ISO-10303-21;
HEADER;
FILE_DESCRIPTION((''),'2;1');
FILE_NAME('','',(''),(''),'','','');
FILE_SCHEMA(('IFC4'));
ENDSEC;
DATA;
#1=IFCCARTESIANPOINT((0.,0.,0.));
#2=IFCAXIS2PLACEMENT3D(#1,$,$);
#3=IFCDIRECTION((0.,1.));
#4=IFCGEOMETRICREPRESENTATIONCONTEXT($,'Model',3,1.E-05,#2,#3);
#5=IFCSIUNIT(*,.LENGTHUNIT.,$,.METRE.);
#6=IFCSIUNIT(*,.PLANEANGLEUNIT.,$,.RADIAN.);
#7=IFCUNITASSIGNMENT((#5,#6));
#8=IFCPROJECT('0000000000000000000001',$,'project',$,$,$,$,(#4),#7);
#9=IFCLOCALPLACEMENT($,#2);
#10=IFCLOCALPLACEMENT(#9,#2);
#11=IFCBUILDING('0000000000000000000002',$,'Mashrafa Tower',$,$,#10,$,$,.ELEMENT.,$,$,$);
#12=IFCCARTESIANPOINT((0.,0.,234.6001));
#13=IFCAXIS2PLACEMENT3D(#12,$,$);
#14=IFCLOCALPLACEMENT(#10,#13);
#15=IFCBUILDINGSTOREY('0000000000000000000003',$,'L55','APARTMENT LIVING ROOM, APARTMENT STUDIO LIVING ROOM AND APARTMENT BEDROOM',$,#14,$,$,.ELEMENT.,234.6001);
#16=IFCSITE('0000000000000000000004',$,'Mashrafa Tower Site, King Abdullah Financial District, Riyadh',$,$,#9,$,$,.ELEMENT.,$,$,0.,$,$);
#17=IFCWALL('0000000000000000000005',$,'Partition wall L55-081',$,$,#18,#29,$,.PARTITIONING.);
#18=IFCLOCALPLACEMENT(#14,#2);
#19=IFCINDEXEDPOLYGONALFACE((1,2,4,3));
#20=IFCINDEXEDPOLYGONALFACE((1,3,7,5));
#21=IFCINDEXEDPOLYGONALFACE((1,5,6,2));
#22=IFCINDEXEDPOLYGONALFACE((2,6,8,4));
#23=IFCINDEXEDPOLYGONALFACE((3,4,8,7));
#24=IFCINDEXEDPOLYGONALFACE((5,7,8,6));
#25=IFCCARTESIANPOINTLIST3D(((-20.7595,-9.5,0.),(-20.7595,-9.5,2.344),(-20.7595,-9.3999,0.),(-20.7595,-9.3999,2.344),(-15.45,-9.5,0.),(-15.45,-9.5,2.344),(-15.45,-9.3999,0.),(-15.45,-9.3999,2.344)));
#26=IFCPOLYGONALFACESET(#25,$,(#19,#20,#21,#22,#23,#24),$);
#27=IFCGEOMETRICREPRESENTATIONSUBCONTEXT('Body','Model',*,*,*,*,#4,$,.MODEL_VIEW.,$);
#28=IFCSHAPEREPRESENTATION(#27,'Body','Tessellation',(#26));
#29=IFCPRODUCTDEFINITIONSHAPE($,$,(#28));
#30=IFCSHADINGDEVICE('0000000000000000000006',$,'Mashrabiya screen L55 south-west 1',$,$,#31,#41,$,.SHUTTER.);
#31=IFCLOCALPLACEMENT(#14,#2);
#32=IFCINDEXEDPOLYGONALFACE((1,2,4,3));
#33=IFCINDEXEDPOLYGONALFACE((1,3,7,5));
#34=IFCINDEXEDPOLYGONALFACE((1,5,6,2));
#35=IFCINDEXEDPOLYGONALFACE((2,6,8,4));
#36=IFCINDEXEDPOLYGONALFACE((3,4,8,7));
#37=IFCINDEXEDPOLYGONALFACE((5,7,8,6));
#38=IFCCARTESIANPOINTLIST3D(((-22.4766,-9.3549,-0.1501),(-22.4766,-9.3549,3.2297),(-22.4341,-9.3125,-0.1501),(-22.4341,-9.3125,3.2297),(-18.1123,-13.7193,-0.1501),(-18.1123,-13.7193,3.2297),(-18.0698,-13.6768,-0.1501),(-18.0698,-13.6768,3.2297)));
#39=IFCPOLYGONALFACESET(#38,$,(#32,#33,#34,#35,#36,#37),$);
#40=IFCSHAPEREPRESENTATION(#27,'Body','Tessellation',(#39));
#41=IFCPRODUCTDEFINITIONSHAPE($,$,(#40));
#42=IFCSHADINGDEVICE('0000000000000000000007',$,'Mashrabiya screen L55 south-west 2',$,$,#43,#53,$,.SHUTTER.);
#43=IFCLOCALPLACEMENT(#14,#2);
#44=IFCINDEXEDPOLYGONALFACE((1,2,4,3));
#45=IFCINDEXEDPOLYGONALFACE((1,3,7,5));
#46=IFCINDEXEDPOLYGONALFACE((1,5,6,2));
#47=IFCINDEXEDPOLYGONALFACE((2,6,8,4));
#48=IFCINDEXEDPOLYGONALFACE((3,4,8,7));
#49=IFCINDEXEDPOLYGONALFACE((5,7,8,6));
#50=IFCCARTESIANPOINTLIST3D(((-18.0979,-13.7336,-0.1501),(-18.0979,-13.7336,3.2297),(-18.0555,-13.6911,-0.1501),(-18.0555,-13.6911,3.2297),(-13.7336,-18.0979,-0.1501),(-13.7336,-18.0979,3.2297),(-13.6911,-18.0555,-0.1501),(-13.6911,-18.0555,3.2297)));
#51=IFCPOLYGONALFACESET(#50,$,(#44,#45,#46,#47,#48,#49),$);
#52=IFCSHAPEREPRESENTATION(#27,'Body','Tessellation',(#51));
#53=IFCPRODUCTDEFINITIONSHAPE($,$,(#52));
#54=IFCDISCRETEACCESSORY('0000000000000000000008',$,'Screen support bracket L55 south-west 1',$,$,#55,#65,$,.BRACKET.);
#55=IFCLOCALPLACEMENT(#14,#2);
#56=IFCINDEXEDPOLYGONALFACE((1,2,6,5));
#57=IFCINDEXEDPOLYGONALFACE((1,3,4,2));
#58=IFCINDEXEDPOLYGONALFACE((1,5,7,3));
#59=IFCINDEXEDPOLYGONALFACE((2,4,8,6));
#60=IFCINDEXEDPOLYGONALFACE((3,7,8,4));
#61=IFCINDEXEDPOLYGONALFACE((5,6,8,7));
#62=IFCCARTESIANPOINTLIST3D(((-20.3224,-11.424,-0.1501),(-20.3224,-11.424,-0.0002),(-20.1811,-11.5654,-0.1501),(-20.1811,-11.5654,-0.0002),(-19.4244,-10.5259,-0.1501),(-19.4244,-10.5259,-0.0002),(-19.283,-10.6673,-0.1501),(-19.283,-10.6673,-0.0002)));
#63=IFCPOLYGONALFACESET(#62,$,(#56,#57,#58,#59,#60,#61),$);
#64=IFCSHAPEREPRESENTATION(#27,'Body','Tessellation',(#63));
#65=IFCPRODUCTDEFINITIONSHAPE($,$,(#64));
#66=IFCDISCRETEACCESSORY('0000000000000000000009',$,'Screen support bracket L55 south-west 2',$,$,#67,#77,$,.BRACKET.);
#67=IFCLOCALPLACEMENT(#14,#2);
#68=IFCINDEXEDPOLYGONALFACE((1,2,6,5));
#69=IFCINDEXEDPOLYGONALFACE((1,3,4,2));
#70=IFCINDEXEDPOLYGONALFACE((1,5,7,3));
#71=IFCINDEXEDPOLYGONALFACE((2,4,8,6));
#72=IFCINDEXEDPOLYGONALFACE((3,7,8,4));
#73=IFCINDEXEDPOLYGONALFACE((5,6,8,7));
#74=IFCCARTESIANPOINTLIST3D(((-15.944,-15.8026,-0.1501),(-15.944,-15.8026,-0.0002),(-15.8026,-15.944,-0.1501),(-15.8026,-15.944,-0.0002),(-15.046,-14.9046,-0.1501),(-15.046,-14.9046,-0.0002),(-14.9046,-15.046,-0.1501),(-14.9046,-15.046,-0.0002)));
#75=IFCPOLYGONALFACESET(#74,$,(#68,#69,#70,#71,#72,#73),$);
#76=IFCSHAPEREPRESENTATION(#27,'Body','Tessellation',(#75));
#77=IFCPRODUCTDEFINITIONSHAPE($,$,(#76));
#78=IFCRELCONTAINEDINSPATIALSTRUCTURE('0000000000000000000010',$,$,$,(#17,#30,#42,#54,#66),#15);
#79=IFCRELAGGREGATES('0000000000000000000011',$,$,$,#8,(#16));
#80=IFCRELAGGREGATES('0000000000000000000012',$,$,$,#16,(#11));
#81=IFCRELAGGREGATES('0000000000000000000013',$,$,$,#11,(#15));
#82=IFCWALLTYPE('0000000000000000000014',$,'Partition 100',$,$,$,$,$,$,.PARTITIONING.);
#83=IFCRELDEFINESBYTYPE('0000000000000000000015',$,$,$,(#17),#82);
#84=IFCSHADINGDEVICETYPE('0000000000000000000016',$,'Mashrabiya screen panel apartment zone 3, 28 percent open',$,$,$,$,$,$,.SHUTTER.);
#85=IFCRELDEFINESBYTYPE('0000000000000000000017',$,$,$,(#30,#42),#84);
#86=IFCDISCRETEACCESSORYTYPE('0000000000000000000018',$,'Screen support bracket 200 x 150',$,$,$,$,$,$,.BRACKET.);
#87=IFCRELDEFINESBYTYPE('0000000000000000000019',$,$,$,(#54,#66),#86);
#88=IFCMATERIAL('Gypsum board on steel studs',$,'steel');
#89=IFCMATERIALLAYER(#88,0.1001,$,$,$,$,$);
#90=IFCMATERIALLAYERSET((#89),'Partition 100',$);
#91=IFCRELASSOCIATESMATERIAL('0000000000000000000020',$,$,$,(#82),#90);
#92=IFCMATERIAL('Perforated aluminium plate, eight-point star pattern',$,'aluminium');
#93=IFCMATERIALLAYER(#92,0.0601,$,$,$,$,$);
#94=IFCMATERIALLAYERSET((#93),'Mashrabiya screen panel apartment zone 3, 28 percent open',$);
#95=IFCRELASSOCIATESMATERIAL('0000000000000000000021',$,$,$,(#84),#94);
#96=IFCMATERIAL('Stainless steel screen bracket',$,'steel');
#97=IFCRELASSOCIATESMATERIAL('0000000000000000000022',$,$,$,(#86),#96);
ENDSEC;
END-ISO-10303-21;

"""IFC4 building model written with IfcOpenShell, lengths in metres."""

from ifc_helpers import new_model, si_unit, direction, frame, frame_2d, origin, origin_2d, place, context, subcontext, project, spatial, rectangle, extrude, source, transform, mapped, material, layer, layer_set, type_object, type_shapes, element, save


model = new_model("IFC4")

# Units and contexts
model_context = context("Model", 3, precision=1e-05, world=origin(), true_north=direction((0.0, 1.0)))
body_context = subcontext(model_context, "Body", "Model", "MODEL_VIEW")
ifc_project = project(units=[si_unit("LENGTHUNIT", "METRE"), si_unit("PLANEANGLEUNIT", "RADIAN")], contexts=[model_context])

# Site, building, storey
site_placement = place(None, origin())
site = spatial("IfcSite", under=ifc_project, at=site_placement, Name="Mashrafa Tower Site, King Abdullah Financial District, Riyadh", CompositionType="ELEMENT", RefElevation=0.0)
building_placement = place(site_placement, origin())
building = spatial("IfcBuilding", under=site, at=building_placement, Name="Mashrafa Tower", CompositionType="ELEMENT")
storey_placement = place(building_placement, frame((0.0, 0.0, 234.6001)))
storey = spatial("IfcBuildingStorey", under=building, at=storey_placement, Name="L55", Description="APARTMENT LIVING ROOM, APARTMENT STUDIO LIVING ROOM AND APARTMENT BEDROOM", CompositionType="ELEMENT", Elevation=234.6001)

# Shared definitions
ifc_material_1 = material(Name="Gypsum board on steel studs", Category="steel")
ifc_layer_1 = layer(ifc_material_1, 0.1001)
ifc_layer_set_1 = layer_set([ifc_layer_1], Name="Partition 100")
wall_type_1 = type_object("IfcWallType", Name="Partition 100", PredefinedType="PARTITIONING", material=ifc_layer_set_1)

# Wall
wall_1_placement = place(storey_placement, frame((-15.45, -9.45, 0.0), z_axis=(0.0, 0.0, 1.0), x_axis=(-1.0, 0.0, 0.0)))
element("IfcWall", 1, at=wall_1_placement, inside=storey, type_object=wall_type_1, Name="Partition wall L55-081", PredefinedType="PARTITIONING", context=body_context, shape_type="SweptSolid", body=[
    extrude(rectangle(XDim=5.3096, YDim=0.1001, at=frame_2d((2.6548, 0.0))), origin(), (0.0, 0.0, 1.0), 2.344),
])

# Shading devices
ifc_material_2 = material(Name="Perforated aluminium plate, eight-point star pattern", Category="aluminium")
ifc_layer_2 = layer(ifc_material_2, 0.0601)
ifc_layer_set_2 = layer_set([ifc_layer_2], Name="Mashrabiya screen panel apartment zone 3, 28 percent open")
shading_device_type = type_object("IfcShadingDeviceType", Name="Mashrabiya screen panel apartment zone 3, 28 percent open", PredefinedType="SHUTTER", material=ifc_layer_set_2)
shared_shape_1 = source(origin(), body_context, "Body", "SweptSolid", [
    extrude(rectangle(XDim=6.1721, YDim=0.0601, at=origin_2d()), origin(), (0.0, 0.0, 1.0), 3.3799),
])
type_shapes(shading_device_type, [shared_shape_1])
for number, where, z_axis, x_axis, name in (
    (2, (-20.2732, -11.5159, -0.1501), (0.0, 0.0, 1.0), (0.707107, -0.707107, 0.0), "Mashrabiya screen L55 south-west 1"),
    (3, (-15.8945, -15.8945, -0.1501), (0.0, 0.0, 1.0), (0.707107, -0.707107, 0.0), "Mashrabiya screen L55 south-west 2"),
):
    element("IfcShadingDevice", number, at=place(storey_placement, frame(where, z_axis=z_axis, x_axis=x_axis)), inside=storey, type_object=shading_device_type, Name=name, PredefinedType="SHUTTER", context=body_context, shape_type="MappedRepresentation", body=[
        mapped(shared_shape_1, transform((0.0, 0.0, 0.0))),
    ])

# Discrete accessories
ifc_material_3 = material(Name="Stainless steel screen bracket", Category="steel")
discrete_accessory_type = type_object("IfcDiscreteAccessoryType", Name="Screen support bracket 200 x 150", PredefinedType="BRACKET", material=ifc_material_3)
shared_shape_2 = source(origin(), body_context, "Body", "SweptSolid", [
    extrude(rectangle(XDim=0.2, YDim=1.27, at=origin_2d()), origin(), (0.0, 0.0, 1.0), 0.1499),
])
type_shapes(discrete_accessory_type, [shared_shape_2])
for number, where, z_axis, x_axis, name in (
    (4, (-19.8027, -11.0457, -0.1501), (0.0, 0.0, 1.0), (0.707107, -0.707107, 0.0), "Screen support bracket L55 south-west 1"),
    (5, (-15.4243, -15.4243, -0.1501), (0.0, 0.0, 1.0), (0.707107, -0.707107, 0.0), "Screen support bracket L55 south-west 2"),
):
    element("IfcDiscreteAccessory", number, at=place(storey_placement, frame(where, z_axis=z_axis, x_axis=x_axis)), inside=storey, type_object=discrete_accessory_type, Name=name, PredefinedType="BRACKET", context=body_context, shape_type="MappedRepresentation", body=[
        mapped(shared_shape_2, transform((0.0, 0.0, 0.0))),
    ])

save(model, "model.ifc")
